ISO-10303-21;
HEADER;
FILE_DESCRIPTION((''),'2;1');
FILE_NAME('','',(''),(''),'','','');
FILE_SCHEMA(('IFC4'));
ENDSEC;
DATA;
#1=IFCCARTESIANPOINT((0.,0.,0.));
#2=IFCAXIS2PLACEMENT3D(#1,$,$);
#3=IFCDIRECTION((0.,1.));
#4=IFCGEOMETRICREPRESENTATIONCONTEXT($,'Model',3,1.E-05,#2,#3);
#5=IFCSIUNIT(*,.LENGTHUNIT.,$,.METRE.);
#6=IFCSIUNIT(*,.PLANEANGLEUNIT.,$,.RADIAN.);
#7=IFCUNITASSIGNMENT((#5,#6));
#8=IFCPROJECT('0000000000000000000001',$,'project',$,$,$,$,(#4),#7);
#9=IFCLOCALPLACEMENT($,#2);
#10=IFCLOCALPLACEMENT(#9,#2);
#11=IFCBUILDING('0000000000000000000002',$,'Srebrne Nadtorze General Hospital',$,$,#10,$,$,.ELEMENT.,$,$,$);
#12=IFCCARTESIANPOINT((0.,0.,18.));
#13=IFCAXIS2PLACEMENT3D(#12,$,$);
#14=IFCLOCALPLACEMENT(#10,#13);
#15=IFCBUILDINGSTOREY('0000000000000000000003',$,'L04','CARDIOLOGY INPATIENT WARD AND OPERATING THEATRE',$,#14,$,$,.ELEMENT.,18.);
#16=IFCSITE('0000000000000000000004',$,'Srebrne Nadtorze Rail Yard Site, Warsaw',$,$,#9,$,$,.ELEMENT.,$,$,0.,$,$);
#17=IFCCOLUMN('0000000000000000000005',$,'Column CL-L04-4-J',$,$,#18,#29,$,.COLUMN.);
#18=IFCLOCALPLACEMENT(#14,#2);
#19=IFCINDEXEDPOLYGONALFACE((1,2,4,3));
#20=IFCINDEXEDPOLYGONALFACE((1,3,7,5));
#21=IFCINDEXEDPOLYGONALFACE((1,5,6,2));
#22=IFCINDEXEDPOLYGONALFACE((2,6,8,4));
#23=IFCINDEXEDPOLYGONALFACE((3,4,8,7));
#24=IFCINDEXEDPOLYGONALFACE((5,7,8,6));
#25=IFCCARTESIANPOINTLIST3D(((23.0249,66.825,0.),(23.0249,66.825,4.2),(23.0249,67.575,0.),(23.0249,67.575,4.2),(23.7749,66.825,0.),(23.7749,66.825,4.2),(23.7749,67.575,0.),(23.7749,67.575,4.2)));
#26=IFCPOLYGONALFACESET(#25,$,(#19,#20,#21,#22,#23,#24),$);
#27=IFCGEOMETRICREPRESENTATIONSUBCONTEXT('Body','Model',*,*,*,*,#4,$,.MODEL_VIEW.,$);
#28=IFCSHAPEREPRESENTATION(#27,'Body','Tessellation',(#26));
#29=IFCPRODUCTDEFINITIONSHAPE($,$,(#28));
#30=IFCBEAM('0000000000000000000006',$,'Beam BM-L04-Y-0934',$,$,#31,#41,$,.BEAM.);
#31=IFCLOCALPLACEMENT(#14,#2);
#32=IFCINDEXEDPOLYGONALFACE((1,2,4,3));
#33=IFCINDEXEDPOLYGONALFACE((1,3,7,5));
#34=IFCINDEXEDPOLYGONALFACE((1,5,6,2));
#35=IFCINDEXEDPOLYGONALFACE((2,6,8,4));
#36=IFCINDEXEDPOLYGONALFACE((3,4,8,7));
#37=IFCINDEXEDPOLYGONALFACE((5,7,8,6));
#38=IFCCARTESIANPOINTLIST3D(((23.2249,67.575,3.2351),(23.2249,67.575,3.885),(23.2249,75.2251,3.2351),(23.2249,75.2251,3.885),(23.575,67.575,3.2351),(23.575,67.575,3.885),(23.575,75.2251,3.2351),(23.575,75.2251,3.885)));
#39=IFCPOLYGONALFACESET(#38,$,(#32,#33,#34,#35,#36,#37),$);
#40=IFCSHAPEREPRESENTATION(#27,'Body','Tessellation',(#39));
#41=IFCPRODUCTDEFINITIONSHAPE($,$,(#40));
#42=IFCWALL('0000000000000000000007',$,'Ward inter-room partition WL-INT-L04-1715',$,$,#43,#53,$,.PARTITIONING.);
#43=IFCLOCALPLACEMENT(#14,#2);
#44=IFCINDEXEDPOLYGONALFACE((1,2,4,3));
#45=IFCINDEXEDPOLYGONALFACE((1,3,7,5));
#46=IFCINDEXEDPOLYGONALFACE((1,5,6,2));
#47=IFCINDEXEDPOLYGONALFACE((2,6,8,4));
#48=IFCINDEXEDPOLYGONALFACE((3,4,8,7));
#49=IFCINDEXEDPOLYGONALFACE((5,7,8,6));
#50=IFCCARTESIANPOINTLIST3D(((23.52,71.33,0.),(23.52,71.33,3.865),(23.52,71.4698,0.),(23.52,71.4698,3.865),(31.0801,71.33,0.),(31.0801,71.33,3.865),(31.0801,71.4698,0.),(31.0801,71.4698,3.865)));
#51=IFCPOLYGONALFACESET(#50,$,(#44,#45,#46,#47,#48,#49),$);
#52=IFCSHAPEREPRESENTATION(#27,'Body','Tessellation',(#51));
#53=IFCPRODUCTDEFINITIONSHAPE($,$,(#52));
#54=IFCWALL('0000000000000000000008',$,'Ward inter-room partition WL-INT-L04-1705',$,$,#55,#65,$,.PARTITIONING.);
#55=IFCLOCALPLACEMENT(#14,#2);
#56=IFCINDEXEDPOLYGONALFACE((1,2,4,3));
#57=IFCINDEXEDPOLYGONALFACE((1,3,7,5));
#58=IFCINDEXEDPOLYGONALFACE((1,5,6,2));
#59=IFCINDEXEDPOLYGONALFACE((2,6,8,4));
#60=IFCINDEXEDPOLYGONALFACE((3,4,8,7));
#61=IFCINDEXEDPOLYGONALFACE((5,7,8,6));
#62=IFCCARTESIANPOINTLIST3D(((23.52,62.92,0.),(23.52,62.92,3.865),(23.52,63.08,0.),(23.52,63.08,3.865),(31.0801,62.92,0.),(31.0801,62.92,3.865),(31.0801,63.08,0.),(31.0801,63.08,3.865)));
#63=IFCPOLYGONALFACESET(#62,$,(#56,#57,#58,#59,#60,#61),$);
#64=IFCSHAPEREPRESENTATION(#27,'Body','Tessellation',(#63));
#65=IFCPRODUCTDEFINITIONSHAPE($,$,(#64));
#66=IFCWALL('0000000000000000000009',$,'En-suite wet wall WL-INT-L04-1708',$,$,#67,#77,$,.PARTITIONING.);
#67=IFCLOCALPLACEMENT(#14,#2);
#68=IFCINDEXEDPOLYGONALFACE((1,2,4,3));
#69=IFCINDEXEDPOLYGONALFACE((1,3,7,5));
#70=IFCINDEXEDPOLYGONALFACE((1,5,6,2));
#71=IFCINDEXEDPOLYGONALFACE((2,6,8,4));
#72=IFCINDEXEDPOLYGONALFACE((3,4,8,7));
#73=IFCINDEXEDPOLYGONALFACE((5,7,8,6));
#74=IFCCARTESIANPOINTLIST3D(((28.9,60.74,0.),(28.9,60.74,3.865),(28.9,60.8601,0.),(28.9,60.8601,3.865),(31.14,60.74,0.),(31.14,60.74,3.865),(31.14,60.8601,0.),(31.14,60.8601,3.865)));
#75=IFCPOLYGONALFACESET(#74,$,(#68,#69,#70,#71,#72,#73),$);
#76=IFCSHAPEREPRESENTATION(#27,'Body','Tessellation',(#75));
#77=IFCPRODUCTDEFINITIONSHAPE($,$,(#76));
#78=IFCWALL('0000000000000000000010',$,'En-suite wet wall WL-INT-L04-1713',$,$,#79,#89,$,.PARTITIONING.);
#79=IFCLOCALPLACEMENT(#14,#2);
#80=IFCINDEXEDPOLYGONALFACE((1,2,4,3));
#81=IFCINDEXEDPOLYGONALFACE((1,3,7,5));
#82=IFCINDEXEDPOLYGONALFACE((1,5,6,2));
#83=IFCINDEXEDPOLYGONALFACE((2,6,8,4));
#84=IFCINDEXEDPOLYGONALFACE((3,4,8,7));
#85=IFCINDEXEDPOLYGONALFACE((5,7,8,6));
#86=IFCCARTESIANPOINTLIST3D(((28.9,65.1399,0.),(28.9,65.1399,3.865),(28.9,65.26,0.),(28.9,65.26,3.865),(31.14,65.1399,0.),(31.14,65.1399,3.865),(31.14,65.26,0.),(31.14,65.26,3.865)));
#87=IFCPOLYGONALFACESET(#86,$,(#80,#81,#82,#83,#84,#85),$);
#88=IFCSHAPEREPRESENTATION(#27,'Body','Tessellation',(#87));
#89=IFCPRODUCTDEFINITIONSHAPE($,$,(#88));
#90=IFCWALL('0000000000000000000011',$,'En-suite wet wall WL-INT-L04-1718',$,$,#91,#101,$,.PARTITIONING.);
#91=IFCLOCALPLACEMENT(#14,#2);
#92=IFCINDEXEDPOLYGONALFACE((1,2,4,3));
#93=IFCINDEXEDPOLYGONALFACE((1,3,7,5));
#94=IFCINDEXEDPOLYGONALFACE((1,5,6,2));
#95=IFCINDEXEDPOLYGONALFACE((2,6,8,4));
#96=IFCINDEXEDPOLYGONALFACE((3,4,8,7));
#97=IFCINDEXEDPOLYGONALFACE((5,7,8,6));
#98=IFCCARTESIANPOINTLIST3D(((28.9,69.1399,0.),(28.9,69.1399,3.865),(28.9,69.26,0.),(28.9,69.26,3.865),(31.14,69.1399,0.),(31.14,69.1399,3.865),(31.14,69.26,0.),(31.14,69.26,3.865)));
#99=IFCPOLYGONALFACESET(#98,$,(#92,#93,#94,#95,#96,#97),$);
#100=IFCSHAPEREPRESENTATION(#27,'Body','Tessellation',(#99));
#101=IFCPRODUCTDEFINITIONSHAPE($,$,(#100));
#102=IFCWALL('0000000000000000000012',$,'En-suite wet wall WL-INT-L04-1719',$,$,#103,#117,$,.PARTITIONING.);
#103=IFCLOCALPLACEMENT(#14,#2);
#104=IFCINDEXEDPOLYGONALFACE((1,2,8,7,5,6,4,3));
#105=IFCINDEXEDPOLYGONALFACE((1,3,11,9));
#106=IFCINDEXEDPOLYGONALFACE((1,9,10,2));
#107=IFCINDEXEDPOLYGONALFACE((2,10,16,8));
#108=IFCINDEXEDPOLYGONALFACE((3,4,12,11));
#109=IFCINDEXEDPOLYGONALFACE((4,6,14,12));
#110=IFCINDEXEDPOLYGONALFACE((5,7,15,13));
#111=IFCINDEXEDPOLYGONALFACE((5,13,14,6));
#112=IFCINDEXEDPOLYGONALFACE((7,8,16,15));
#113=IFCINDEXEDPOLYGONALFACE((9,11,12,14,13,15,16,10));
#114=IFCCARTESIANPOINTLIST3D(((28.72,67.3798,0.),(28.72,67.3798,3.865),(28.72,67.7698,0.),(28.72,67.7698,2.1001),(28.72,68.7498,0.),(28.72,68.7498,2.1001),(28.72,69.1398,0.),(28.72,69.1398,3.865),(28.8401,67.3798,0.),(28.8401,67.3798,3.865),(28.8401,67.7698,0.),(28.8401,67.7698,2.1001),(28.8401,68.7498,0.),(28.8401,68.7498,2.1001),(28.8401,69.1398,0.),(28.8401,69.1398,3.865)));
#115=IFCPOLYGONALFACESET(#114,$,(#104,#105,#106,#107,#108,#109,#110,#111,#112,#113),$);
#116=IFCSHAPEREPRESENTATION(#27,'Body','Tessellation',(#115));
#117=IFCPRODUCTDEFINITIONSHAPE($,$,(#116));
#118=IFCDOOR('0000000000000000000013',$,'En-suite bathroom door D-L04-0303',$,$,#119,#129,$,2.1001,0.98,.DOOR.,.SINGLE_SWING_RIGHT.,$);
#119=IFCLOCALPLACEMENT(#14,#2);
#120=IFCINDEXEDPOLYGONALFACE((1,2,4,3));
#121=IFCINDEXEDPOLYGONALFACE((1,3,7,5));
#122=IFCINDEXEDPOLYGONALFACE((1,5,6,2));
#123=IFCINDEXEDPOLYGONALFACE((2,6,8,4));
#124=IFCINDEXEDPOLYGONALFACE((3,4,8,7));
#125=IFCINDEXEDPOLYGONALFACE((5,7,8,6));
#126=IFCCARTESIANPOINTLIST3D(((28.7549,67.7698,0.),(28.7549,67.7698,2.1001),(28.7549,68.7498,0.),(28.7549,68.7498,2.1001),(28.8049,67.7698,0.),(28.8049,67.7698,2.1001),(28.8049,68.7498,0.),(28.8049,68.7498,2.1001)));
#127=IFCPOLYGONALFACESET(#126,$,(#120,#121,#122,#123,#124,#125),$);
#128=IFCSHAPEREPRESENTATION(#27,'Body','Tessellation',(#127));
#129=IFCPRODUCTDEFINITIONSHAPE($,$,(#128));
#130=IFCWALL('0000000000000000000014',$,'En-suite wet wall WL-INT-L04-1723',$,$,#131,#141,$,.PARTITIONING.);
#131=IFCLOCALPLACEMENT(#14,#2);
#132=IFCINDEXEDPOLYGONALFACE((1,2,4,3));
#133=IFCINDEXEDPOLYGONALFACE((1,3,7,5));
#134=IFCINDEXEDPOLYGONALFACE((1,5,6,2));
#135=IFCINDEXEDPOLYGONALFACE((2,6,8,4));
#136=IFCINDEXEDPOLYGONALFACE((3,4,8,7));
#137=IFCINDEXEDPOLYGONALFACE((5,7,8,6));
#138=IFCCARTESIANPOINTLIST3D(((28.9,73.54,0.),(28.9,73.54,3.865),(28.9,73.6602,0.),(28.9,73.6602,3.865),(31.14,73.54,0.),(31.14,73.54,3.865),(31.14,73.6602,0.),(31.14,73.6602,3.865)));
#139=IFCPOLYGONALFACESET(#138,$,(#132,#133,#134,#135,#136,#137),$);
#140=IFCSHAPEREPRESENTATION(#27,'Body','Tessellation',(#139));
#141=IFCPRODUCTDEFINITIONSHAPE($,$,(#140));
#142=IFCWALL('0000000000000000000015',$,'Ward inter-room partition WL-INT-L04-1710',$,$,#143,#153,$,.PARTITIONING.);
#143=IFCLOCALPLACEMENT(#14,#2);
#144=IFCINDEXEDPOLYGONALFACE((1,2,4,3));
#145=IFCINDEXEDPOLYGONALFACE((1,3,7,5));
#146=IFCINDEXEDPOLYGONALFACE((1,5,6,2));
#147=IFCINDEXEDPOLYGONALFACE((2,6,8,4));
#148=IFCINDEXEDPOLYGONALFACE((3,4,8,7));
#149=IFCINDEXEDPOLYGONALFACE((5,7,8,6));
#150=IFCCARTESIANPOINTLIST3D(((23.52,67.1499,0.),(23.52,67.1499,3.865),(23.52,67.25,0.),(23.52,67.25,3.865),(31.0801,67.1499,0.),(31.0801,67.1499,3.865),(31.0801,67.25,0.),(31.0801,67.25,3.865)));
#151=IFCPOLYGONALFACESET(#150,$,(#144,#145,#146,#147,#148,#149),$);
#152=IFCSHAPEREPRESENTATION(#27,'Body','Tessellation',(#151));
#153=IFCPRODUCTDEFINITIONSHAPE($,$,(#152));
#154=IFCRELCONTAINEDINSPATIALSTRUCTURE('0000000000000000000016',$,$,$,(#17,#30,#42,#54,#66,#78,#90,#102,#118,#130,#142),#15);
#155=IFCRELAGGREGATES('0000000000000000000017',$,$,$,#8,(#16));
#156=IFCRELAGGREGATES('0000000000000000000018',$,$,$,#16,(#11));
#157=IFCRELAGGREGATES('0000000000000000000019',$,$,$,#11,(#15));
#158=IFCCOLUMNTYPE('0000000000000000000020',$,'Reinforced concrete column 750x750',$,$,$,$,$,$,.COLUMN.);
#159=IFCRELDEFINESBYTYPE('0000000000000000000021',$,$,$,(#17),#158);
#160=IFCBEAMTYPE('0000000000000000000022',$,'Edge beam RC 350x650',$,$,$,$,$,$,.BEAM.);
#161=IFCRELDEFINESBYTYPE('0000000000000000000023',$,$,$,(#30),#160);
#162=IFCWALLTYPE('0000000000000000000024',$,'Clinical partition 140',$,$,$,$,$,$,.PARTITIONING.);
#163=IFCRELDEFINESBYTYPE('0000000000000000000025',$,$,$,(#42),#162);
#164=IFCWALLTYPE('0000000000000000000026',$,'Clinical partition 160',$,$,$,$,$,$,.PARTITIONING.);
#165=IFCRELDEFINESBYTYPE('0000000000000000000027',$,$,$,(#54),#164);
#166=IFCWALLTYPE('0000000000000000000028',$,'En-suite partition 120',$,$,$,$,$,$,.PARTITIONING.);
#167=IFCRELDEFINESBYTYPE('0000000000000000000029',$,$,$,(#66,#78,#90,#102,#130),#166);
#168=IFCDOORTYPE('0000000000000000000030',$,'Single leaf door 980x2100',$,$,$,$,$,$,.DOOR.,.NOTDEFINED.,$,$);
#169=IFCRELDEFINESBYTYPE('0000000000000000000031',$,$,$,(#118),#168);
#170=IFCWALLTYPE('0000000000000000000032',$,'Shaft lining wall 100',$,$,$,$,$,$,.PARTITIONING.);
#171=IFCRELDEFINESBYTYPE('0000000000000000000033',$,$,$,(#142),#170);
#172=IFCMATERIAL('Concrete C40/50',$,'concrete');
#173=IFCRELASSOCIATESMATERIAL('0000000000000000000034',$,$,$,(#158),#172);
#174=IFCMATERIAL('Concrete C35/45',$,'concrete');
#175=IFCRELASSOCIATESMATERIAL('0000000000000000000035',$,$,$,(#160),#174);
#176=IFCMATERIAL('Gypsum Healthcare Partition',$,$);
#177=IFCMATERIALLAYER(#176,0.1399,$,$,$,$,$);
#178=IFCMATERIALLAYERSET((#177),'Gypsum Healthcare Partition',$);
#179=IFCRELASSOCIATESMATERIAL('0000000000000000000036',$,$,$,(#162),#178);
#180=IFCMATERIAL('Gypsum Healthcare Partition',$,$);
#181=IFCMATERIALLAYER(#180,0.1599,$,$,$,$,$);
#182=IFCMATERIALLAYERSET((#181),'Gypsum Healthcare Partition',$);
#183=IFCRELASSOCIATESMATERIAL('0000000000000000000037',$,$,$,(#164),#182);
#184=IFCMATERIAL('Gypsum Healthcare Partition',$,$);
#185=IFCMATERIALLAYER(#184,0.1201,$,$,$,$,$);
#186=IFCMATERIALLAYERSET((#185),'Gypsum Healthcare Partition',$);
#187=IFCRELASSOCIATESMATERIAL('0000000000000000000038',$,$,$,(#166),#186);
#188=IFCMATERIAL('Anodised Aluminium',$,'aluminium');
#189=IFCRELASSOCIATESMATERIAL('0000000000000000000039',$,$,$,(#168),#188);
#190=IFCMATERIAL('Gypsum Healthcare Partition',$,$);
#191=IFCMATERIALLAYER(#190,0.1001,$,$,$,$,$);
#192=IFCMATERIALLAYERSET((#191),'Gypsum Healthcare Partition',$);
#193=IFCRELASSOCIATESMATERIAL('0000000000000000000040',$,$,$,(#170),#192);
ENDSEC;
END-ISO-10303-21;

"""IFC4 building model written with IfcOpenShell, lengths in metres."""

from ifc_helpers import new_model, si_unit, direction, frame, frame_2d, origin, origin_2d, place, context, subcontext, project, spatial, rectangle, extrude, material, layer, layer_set, material_profile, profile_set, type_object, element, fill, save


model = new_model("IFC4")

# Units and contexts
model_context = context("Model", 3, precision=1e-05, world=origin(), true_north=direction((0.0, 1.0)))
body_context = subcontext(model_context, "Body", "Model", "MODEL_VIEW")
ifc_project = project(units=[si_unit("LENGTHUNIT", "METRE"), si_unit("PLANEANGLEUNIT", "RADIAN")], contexts=[model_context])

# Site, building, storey
site_placement = place(None, origin())
site = spatial("IfcSite", under=ifc_project, at=site_placement, Name="Srebrne Nadtorze Rail Yard Site, Warsaw", CompositionType="ELEMENT", RefElevation=0.0)
building_placement = place(site_placement, origin())
building = spatial("IfcBuilding", under=site, at=building_placement, Name="Srebrne Nadtorze General Hospital", CompositionType="ELEMENT")
storey_placement = place(building_placement, frame((0.0, 0.0, 18.0)))
storey = spatial("IfcBuildingStorey", under=building, at=storey_placement, Name="L04", Description="CARDIOLOGY INPATIENT WARD AND OPERATING THEATRE", CompositionType="ELEMENT", Elevation=18.0)

# Column
ifc_material_1 = material(Name="Concrete C40/50", Category="concrete")
ifc_material_profile_1 = material_profile(ifc_material_1, rectangle(XDim=0.75, YDim=0.75, at=origin_2d()), Name="RC-COL-750x750")
ifc_profile_set_1 = profile_set([ifc_material_profile_1], Name="Concrete C40/50")
column_type = type_object("IfcColumnType", Name="Reinforced concrete column 750x750", PredefinedType="COLUMN", material=ifc_profile_set_1)
column_placement = place(storey_placement, frame((23.3999, 67.2, 0.0), z_axis=(0.0, 0.0, 1.0), x_axis=(1.0, 0.0, 0.0)))
element("IfcColumn", 1, at=column_placement, inside=storey, type_object=column_type, Name="Column CL-L04-4-J", PredefinedType="COLUMN", context=body_context, shape_type="SweptSolid", body=[
    extrude(rectangle(XDim=0.75, YDim=0.75, at=origin_2d()), origin(), (0.0, 0.0, 1.0), 4.2),
])

# Beam
ifc_material_2 = material(Name="Concrete C35/45", Category="concrete")
ifc_material_profile_2 = material_profile(ifc_material_2, rectangle(XDim=0.3501, YDim=0.6499, at=origin_2d()), Name="RC-BM-350x650")
ifc_profile_set_2 = profile_set([ifc_material_profile_2], Name="Concrete C35/45")
beam_type = type_object("IfcBeamType", Name="Edge beam RC 350x650", PredefinedType="BEAM", material=ifc_profile_set_2)
beam_placement = place(storey_placement, frame((23.3999, 67.575, 3.5601), z_axis=(0.0, 1.0, 0.0), x_axis=(-1.0, 0.0, 0.0)))
element("IfcBeam", 2, at=beam_placement, inside=storey, type_object=beam_type, Name="Beam BM-L04-Y-0934", PredefinedType="BEAM", context=body_context, shape_type="SweptSolid", body=[
    extrude(rectangle(XDim=0.3501, YDim=0.6499, at=origin_2d()), origin(), (0.0, 0.0, 1.0), 7.6501),
])

# Walls
ifc_material_3 = material(Name="Gypsum Healthcare Partition")
ifc_layer_1 = layer(ifc_material_3, 0.1399)
ifc_layer_set_1 = layer_set([ifc_layer_1], Name="Gypsum Healthcare Partition")
wall_type_1 = type_object("IfcWallType", Name="Clinical partition 140", PredefinedType="PARTITIONING", material=ifc_layer_set_1)
wall_1_placement = place(storey_placement, frame((23.52, 71.3999, 0.0), z_axis=(0.0, 0.0, 1.0), x_axis=(1.0, 0.0, 0.0)))
element("IfcWall", 3, at=wall_1_placement, inside=storey, type_object=wall_type_1, Name="Ward inter-room partition WL-INT-L04-1715", PredefinedType="PARTITIONING", context=body_context, shape_type="SweptSolid", body=[
    extrude(rectangle(XDim=7.5601, YDim=0.1399, at=frame_2d((3.78, 0.0))), origin(), (0.0, 0.0, 1.0), 3.865),
])
ifc_material_4 = material(Name="Gypsum Healthcare Partition")
ifc_layer_2 = layer(ifc_material_4, 0.1599)
ifc_layer_set_2 = layer_set([ifc_layer_2], Name="Gypsum Healthcare Partition")
wall_type_2 = type_object("IfcWallType", Name="Clinical partition 160", PredefinedType="PARTITIONING", material=ifc_layer_set_2)
wall_2_placement = place(storey_placement, frame((23.52, 63.0, 0.0), z_axis=(0.0, 0.0, 1.0), x_axis=(1.0, 0.0, 0.0)))
element("IfcWall", 4, at=wall_2_placement, inside=storey, type_object=wall_type_2, Name="Ward inter-room partition WL-INT-L04-1705", PredefinedType="PARTITIONING", context=body_context, shape_type="SweptSolid", body=[
    extrude(rectangle(XDim=7.5601, YDim=0.1599, at=frame_2d((3.78, 0.0))), origin(), (0.0, 0.0, 1.0), 3.865),
])
ifc_material_5 = material(Name="Gypsum Healthcare Partition")
ifc_layer_3 = layer(ifc_material_5, 0.1201)
ifc_layer_set_3 = layer_set([ifc_layer_3], Name="Gypsum Healthcare Partition")
wall_type_3 = type_object("IfcWallType", Name="En-suite partition 120", PredefinedType="PARTITIONING", material=ifc_layer_set_3)
for number, where, z_axis, x_axis, name in (
    (5, (28.8999, 60.8, 0.0), (0.0, 0.0, 1.0), (1.0, 0.0, 0.0), "En-suite wet wall WL-INT-L04-1708"),
    (6, (28.8999, 65.2, 0.0), (0.0, 0.0, 1.0), (1.0, 0.0, 0.0), "En-suite wet wall WL-INT-L04-1713"),
):
    element("IfcWall", number, at=place(storey_placement, frame(where, z_axis=z_axis, x_axis=x_axis)), inside=storey, type_object=wall_type_3, Name=name, PredefinedType="PARTITIONING", context=body_context, shape_type="SweptSolid", body=[
        extrude(rectangle(XDim=2.24, YDim=0.1201, at=frame_2d((1.1201, 0.0))), origin(), (0.0, 0.0, 1.0), 3.865),
    ])

# Wall
wall_3_placement = place(storey_placement, frame((28.8999, 69.2, 0.0), z_axis=(0.0, 0.0, 1.0), x_axis=(1.0, 0.0, 0.0)))
element("IfcWall", 7, at=wall_3_placement, inside=storey, type_object=wall_type_3, Name="En-suite wet wall WL-INT-L04-1718", PredefinedType="PARTITIONING", context=body_context, shape_type="SweptSolid", body=[
    extrude(rectangle(XDim=2.24, YDim=0.1201, at=frame_2d((1.1201, 0.0))), origin(), (0.0, 0.0, 1.0), 3.865),
])

# Wall, opening, door
wall_4_placement = place(storey_placement, frame((28.78, 67.3799, 0.0), z_axis=(0.0, 0.0, 1.0), x_axis=(0.0, 1.0, 0.0)))
wall_4 = element("IfcWall", 8, at=wall_4_placement, inside=storey, type_object=wall_type_3, Name="En-suite wet wall WL-INT-L04-1719", PredefinedType="PARTITIONING", context=body_context, shape_type="SweptSolid", body=[
    extrude(rectangle(XDim=1.76, YDim=0.1201, at=frame_2d((0.8799, 0.0))), origin(), (0.0, 0.0, 1.0), 3.865),
])
opening_1_placement = place(wall_4_placement, frame((0.3899, 0.0, 0.0)))
opening_1 = element("IfcOpeningElement", 9, at=opening_1_placement, cuts=wall_4, PredefinedType="OPENING", context=body_context, shape_type="SweptSolid", body=[
    extrude(rectangle(XDim=0.98, YDim=2.1001, at=frame_2d((0.49, 1.05))), frame((0.0, 0.072, 0.0), z_axis=(0.0, -1.0, 0.0), x_axis=(1.0, 0.0, 0.0)), (0.0, 0.0, 1.0), 0.144),
])
ifc_material_6 = material(Name="Anodised Aluminium", Category="aluminium")
door_type_1 = type_object("IfcDoorType", Name="Single leaf door 980x2100", OperationType="NOTDEFINED", PredefinedType="DOOR", material=ifc_material_6)
door_1_placement = place(opening_1_placement, frame((0.98, 0.0, 0.0), z_axis=(0.0, 0.0, 1.0), x_axis=(-1.0, 0.0, 0.0)))
door_1 = element("IfcDoor", 10, at=door_1_placement, inside=storey, type_object=door_type_1, Name="En-suite bathroom door D-L04-0303", OperationType="SINGLE_SWING_RIGHT", OverallHeight=2.1001, OverallWidth=0.98, PredefinedType="DOOR", context=body_context, shape_type="SweptSolid", body=[
    extrude(rectangle(XDim=0.98, YDim=2.1001, at=frame_2d((0.49, 1.05))), frame((0.0, 0.0249, 0.0), z_axis=(0.0, -1.0, 0.0), x_axis=(1.0, 0.0, 0.0)), (0.0, 0.0, 1.0), 0.05),
])
fill(opening_1, door_1)

# Wall
wall_5_placement = place(storey_placement, frame((28.8999, 73.6001, 0.0), z_axis=(0.0, 0.0, 1.0), x_axis=(1.0, 0.0, 0.0)))
element("IfcWall", 11, at=wall_5_placement, inside=storey, type_object=wall_type_3, Name="En-suite wet wall WL-INT-L04-1723", PredefinedType="PARTITIONING", context=body_context, shape_type="SweptSolid", body=[
    extrude(rectangle(XDim=2.24, YDim=0.1201, at=frame_2d((1.1201, 0.0))), origin(), (0.0, 0.0, 1.0), 3.865),
])

# Wall
ifc_material_7 = material(Name="Gypsum Healthcare Partition")
ifc_layer_4 = layer(ifc_material_7, 0.1001)
ifc_layer_set_4 = layer_set([ifc_layer_4], Name="Gypsum Healthcare Partition")
wall_type_4 = type_object("IfcWallType", Name="Shaft lining wall 100", PredefinedType="PARTITIONING", material=ifc_layer_set_4)
wall_6_placement = place(storey_placement, frame((23.52, 67.2, 0.0), z_axis=(0.0, 0.0, 1.0), x_axis=(1.0, 0.0, 0.0)))
element("IfcWall", 12, at=wall_6_placement, inside=storey, type_object=wall_type_4, Name="Ward inter-room partition WL-INT-L04-1710", PredefinedType="PARTITIONING", context=body_context, shape_type="SweptSolid", body=[
    extrude(rectangle(XDim=7.5601, YDim=0.1001, at=frame_2d((3.78, 0.0))), origin(), (0.0, 0.0, 1.0), 3.865),
])

save(model, "model.ifc")
